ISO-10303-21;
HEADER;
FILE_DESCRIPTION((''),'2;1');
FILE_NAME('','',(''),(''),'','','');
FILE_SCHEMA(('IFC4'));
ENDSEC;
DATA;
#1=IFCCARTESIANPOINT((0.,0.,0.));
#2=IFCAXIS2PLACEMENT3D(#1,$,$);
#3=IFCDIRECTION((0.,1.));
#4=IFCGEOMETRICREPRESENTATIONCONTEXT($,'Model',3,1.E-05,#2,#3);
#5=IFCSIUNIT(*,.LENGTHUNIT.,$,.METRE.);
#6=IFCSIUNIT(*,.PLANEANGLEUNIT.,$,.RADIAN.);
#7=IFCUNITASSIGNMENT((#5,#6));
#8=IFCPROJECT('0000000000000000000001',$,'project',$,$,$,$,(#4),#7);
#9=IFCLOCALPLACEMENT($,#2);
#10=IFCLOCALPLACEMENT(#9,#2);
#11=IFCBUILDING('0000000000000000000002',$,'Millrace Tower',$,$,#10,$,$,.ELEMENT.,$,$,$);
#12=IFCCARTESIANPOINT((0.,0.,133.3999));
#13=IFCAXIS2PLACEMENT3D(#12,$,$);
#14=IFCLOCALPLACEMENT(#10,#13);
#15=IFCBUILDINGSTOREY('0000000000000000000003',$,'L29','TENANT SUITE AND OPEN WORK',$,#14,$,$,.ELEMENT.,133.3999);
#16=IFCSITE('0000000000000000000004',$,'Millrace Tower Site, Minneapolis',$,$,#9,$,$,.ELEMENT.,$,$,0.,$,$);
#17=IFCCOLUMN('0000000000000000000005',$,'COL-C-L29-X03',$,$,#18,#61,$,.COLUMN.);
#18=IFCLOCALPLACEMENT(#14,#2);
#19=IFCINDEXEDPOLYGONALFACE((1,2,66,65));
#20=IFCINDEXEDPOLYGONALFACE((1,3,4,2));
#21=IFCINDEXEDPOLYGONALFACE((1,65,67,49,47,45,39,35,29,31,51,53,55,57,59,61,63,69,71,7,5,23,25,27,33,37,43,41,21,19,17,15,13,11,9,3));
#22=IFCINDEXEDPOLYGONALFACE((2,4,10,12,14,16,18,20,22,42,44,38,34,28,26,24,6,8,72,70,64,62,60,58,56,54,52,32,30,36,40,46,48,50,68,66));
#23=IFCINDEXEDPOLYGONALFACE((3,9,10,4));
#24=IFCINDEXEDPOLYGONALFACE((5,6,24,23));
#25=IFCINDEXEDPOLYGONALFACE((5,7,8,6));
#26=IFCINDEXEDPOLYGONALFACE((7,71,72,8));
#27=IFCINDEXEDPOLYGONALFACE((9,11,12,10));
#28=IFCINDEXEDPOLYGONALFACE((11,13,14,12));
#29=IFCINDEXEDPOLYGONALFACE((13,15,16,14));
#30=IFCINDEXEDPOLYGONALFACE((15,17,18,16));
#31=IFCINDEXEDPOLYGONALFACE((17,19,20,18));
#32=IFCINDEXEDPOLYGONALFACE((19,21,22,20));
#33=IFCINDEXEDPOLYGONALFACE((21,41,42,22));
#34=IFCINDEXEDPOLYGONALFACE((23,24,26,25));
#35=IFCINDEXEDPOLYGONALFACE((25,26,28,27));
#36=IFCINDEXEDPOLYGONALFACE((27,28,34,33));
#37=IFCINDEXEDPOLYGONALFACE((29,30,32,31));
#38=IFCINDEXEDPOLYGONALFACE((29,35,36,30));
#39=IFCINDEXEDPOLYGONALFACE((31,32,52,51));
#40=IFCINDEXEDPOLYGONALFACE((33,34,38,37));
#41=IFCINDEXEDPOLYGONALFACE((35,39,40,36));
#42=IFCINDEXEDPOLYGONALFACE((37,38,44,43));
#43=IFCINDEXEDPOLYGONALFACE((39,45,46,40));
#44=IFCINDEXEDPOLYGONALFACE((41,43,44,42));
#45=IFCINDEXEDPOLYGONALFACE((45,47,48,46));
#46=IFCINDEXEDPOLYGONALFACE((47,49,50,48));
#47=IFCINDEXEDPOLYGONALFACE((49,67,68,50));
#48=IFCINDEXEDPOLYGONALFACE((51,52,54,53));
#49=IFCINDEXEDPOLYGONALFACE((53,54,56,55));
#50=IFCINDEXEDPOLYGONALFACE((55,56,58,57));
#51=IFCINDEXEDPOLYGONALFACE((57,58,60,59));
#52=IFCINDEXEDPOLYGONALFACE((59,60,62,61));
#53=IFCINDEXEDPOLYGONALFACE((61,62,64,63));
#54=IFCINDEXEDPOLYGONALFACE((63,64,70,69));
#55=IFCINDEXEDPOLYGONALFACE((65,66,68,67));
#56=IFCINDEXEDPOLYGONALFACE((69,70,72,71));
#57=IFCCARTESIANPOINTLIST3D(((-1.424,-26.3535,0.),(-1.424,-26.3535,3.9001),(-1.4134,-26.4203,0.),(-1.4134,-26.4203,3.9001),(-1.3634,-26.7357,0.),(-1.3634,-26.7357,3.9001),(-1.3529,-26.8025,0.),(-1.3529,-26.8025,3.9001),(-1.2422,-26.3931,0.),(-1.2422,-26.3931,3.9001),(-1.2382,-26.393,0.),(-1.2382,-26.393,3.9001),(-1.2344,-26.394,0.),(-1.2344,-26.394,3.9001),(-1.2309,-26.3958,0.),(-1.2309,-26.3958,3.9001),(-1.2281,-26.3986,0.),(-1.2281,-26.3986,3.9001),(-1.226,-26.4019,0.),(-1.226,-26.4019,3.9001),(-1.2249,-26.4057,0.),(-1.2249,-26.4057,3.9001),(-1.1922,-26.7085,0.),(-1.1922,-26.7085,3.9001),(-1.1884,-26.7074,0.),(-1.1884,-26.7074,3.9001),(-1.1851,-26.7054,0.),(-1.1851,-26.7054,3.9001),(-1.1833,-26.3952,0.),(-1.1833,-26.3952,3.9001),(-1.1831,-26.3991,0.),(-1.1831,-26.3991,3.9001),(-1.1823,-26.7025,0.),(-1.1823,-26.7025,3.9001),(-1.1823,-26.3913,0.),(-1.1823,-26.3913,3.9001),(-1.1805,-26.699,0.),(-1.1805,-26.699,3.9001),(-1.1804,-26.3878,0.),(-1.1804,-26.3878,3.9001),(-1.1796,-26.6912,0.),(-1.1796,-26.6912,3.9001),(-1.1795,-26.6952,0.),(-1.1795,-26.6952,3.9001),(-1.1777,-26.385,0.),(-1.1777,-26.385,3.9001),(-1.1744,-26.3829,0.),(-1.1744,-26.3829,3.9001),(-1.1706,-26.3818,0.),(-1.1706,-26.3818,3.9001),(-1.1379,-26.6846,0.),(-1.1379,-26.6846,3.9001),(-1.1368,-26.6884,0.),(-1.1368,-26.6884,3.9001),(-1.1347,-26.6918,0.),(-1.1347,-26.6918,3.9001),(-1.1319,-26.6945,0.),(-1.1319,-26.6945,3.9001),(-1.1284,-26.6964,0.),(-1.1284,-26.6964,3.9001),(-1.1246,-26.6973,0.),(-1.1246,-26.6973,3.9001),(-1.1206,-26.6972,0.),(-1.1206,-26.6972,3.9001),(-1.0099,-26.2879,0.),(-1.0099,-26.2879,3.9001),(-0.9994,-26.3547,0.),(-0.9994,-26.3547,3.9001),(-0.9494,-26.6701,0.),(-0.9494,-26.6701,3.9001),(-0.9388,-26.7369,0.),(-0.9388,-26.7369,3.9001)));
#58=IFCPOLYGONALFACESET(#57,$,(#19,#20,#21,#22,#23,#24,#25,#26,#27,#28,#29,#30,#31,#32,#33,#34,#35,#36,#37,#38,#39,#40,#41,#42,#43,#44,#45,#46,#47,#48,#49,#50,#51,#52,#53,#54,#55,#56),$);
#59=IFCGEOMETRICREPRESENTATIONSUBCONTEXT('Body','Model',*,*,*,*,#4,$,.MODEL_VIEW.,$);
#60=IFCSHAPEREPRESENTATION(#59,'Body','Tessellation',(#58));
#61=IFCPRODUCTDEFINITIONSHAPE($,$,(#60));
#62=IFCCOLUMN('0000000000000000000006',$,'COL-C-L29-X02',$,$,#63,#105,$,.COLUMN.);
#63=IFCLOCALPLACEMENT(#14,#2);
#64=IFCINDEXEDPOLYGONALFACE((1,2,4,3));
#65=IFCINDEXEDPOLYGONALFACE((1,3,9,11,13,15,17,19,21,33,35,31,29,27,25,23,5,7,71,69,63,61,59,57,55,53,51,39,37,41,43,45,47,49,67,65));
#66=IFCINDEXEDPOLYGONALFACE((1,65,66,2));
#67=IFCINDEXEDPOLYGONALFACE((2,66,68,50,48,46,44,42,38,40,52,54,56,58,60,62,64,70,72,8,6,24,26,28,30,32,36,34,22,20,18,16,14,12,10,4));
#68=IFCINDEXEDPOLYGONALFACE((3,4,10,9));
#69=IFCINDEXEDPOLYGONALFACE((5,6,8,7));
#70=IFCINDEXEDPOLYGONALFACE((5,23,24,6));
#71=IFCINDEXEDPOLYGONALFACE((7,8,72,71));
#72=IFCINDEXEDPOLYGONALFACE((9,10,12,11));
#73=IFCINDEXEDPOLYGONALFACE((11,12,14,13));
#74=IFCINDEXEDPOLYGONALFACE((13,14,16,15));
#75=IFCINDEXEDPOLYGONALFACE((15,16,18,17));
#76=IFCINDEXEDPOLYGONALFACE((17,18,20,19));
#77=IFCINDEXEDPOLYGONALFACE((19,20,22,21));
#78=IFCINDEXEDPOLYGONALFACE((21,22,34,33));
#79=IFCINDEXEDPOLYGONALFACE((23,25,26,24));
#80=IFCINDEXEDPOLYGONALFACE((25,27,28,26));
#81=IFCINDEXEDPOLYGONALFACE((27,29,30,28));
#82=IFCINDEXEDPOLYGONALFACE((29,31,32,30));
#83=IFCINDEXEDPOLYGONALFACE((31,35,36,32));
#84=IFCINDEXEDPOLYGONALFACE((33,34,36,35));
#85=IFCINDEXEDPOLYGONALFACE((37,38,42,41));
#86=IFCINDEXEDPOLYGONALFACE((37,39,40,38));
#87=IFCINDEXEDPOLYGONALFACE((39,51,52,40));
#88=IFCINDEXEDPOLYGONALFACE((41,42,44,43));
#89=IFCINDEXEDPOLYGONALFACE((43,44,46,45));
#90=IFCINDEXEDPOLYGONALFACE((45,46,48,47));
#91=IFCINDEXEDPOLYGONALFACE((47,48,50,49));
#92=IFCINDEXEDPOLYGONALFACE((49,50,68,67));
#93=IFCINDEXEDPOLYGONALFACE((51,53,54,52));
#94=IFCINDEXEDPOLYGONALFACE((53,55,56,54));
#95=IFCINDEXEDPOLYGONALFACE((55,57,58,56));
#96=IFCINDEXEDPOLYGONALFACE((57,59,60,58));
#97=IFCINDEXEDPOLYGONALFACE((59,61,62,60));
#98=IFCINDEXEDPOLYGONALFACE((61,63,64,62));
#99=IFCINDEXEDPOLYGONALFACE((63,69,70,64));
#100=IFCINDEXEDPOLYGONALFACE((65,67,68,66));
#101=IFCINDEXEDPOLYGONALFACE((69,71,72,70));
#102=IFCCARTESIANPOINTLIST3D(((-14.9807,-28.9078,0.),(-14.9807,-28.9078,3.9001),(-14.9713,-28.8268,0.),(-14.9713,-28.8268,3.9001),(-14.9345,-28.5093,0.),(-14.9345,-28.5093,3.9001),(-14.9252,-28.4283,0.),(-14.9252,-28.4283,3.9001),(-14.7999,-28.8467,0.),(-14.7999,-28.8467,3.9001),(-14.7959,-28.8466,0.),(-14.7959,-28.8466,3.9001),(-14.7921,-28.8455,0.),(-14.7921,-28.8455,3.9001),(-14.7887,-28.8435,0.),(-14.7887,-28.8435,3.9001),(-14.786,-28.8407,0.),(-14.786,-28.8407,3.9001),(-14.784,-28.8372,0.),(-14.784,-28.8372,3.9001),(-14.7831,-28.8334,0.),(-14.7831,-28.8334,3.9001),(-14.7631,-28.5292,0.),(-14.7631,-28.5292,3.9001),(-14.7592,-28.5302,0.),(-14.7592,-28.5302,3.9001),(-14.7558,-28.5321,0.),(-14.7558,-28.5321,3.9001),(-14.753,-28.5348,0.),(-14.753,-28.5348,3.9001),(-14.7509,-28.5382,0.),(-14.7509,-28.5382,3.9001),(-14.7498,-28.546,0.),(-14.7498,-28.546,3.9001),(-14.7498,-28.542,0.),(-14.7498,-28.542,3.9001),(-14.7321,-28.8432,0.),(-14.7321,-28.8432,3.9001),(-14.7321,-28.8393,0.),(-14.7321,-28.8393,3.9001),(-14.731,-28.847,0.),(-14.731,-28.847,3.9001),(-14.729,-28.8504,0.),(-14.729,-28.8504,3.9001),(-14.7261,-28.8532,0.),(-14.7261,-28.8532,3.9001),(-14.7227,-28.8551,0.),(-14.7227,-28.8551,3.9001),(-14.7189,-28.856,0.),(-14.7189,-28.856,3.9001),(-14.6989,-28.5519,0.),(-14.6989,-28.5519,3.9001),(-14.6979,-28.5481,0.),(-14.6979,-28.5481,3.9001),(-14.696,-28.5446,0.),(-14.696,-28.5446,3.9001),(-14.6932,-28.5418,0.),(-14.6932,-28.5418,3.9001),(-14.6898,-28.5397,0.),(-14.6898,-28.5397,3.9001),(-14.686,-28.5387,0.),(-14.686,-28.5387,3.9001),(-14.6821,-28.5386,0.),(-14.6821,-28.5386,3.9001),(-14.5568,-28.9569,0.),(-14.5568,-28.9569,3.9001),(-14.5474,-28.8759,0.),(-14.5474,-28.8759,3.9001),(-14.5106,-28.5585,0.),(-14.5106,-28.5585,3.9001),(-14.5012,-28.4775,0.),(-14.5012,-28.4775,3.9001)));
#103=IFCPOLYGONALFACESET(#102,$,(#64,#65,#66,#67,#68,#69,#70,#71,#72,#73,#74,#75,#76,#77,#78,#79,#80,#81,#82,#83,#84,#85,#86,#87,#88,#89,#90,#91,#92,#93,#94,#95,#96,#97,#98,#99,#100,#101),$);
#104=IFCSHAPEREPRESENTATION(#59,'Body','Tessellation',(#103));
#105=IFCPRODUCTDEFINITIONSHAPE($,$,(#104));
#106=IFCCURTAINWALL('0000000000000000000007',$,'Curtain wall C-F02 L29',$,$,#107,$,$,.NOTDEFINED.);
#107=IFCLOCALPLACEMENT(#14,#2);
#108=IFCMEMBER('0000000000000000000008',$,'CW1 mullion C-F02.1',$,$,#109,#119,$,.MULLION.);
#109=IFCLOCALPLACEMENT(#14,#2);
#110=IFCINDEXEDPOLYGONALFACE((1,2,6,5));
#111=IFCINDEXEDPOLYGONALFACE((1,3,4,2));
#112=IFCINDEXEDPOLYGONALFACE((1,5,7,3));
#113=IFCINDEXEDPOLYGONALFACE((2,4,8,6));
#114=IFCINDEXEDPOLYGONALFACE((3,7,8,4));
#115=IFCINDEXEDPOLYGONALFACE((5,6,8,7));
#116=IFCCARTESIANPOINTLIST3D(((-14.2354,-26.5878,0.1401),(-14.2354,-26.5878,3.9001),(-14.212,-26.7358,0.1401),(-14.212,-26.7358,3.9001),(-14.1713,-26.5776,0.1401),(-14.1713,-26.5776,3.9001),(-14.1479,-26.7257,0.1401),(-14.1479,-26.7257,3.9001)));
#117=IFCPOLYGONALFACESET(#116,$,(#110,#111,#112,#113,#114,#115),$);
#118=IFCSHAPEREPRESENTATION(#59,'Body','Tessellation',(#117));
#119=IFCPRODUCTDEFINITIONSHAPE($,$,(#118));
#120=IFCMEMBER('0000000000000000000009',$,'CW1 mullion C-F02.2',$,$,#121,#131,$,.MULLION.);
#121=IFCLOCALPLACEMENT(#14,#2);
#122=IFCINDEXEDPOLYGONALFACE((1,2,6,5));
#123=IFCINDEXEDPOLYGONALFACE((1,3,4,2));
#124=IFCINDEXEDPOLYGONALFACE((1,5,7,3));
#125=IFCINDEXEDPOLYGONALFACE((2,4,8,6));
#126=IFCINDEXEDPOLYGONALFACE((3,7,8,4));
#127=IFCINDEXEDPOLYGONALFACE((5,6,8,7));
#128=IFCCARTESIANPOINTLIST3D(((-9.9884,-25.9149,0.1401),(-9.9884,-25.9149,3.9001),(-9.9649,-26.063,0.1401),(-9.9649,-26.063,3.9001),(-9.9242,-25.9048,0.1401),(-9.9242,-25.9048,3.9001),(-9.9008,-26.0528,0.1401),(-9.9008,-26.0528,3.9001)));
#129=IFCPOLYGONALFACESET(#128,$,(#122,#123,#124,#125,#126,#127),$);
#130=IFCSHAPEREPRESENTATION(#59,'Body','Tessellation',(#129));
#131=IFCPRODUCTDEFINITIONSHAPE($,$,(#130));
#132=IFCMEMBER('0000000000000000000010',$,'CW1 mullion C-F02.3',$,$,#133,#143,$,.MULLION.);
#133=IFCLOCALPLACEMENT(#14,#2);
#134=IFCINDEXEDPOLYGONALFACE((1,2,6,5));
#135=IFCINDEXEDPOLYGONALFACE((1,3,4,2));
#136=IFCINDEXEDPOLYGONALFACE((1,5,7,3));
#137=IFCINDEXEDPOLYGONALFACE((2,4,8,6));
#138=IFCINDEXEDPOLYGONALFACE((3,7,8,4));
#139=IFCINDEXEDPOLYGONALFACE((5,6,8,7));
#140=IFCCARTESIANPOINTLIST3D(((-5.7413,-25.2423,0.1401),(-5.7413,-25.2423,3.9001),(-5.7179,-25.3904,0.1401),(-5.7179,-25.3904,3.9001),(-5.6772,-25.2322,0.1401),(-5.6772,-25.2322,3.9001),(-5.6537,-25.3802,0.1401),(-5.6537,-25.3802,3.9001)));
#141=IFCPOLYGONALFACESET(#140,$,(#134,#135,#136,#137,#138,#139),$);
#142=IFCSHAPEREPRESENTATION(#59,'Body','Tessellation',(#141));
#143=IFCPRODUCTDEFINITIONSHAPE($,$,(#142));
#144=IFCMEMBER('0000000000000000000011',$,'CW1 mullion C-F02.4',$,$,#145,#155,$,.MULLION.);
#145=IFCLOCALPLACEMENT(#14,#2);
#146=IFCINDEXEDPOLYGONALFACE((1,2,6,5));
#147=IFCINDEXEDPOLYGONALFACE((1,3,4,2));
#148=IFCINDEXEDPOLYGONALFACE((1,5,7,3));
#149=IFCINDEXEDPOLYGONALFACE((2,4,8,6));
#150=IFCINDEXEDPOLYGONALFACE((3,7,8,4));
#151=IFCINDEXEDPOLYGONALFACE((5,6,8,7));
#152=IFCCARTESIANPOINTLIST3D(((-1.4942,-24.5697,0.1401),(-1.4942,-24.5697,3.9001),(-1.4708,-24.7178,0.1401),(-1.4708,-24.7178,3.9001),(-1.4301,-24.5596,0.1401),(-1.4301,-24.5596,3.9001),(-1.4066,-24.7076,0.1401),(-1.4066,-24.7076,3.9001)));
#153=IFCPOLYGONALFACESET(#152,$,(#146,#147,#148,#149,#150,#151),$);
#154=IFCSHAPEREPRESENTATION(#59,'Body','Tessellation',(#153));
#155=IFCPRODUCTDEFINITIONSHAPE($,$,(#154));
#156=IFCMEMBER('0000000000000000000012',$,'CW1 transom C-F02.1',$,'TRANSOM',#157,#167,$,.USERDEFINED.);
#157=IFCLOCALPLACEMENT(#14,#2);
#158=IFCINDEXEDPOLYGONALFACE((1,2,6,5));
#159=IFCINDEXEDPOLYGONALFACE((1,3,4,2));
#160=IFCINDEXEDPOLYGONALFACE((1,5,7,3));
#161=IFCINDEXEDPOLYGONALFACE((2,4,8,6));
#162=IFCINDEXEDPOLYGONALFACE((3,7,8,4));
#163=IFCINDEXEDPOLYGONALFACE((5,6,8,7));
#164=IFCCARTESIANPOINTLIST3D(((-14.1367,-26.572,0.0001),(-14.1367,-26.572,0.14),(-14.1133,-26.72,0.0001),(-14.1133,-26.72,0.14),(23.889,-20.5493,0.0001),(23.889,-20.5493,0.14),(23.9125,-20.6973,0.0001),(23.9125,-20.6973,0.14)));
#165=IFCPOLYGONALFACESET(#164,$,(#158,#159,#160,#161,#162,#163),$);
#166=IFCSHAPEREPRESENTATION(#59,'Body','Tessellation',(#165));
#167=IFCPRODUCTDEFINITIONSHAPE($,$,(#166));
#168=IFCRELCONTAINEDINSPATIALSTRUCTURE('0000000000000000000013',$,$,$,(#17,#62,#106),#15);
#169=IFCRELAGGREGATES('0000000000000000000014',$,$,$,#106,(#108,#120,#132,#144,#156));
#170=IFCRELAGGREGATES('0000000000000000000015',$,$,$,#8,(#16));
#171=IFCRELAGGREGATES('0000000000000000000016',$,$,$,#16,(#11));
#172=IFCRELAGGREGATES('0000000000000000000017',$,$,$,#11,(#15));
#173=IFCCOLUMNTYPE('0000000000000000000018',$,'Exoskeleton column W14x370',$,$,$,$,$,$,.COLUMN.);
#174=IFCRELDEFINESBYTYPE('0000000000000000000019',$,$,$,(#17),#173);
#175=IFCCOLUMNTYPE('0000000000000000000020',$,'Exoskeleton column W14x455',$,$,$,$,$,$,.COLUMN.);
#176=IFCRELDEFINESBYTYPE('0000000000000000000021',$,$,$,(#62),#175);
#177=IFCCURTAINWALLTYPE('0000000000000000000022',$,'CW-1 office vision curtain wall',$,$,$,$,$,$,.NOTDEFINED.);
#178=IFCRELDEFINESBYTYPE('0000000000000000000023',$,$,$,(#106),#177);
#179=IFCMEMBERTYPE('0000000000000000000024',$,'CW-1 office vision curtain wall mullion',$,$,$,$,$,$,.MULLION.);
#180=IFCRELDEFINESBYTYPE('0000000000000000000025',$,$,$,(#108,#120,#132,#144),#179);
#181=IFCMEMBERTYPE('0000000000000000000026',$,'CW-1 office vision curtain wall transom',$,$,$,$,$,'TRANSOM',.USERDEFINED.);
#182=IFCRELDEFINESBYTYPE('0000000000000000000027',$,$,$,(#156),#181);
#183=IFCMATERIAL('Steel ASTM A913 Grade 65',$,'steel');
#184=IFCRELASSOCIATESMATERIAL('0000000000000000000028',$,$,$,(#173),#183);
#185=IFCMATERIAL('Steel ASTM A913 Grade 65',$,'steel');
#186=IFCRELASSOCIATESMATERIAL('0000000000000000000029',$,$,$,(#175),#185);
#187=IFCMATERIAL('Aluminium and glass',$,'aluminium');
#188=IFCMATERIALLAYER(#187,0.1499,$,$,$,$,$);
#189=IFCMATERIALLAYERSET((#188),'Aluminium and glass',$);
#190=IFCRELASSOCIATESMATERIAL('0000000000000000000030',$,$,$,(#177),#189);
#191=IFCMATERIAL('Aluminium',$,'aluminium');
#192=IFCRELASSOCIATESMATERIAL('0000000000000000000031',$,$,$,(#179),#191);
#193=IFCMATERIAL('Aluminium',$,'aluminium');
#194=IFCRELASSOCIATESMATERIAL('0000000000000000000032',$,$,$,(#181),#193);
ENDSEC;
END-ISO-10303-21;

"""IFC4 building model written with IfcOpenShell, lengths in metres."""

from ifc_helpers import new_model, si_unit, direction, frame, origin, origin_2d, place, context, subcontext, project, spatial, rectangle, i_section, extrude, material, layer, layer_set, material_profile, profile_set, type_object, element, aggregate, save


model = new_model("IFC4")

# Units and contexts
model_context = context("Model", 3, precision=1e-05, world=origin(), true_north=direction((0.0, 1.0)))
body_context = subcontext(model_context, "Body", "Model", "MODEL_VIEW")
ifc_project = project(units=[si_unit("LENGTHUNIT", "METRE"), si_unit("PLANEANGLEUNIT", "RADIAN")], contexts=[model_context])

# Site, building, storey
site_placement = place(None, origin())
site = spatial("IfcSite", under=ifc_project, at=site_placement, Name="Millrace Tower Site, Minneapolis", CompositionType="ELEMENT", RefElevation=0.0)
building_placement = place(site_placement, origin())
building = spatial("IfcBuilding", under=site, at=building_placement, Name="Millrace Tower", CompositionType="ELEMENT")
storey_placement = place(building_placement, frame((0.0, 0.0, 133.3999)))
storey = spatial("IfcBuildingStorey", under=building, at=storey_placement, Name="L29", Description="TENANT SUITE AND OPEN WORK", CompositionType="ELEMENT", Elevation=133.3999)

# Columns
ifc_material_1 = material(Name="Steel ASTM A913 Grade 65", Category="steel")
ifc_material_profile_1 = material_profile(ifc_material_1, i_section(OverallWidth=0.4192, OverallDepth=0.4546, WebThickness=0.0422, FlangeThickness=0.0676, FilletRadius=0.0151, at=origin_2d()))
ifc_profile_set_1 = profile_set([ifc_material_profile_1], Name="Steel ASTM A913 Grade 65")
column_type_1 = type_object("IfcColumnType", Name="Exoskeleton column W14x370", PredefinedType="COLUMN", material=ifc_profile_set_1)
column_1_placement = place(storey_placement, frame((-1.1814, -26.5452, 0.0), z_axis=(0.0, 0.0, 1.0), x_axis=(0.987688, 0.156434, 0.0)))
element("IfcColumn", 1, at=column_1_placement, inside=storey, type_object=column_type_1, Name="COL-C-L29-X03", PredefinedType="COLUMN", context=body_context, shape_type="SweptSolid", body=[
    extrude(i_section(OverallWidth=0.4192, OverallDepth=0.4546, WebThickness=0.0422, FlangeThickness=0.0676, FilletRadius=0.0151, at=origin_2d()), origin(), (0.0, 0.0, 1.0), 3.9001),
])
ifc_material_2 = material(Name="Steel ASTM A913 Grade 65", Category="steel")
ifc_material_profile_2 = material_profile(ifc_material_2, i_section(OverallWidth=0.4268, OverallDepth=0.4827, WebThickness=0.0513, FlangeThickness=0.0815, FilletRadius=0.0151, at=origin_2d()))
ifc_profile_set_2 = profile_set([ifc_material_profile_2], Name="Steel ASTM A913 Grade 65")
column_type_2 = type_object("IfcColumnType", Name="Exoskeleton column W14x455", PredefinedType="COLUMN", material=ifc_profile_set_2)
column_2_placement = place(storey_placement, frame((-14.741, -28.6926, 0.0), z_axis=(0.0, 0.0, 1.0), x_axis=(0.993358, -0.115069, 0.0)))
element("IfcColumn", 2, at=column_2_placement, inside=storey, type_object=column_type_2, Name="COL-C-L29-X02", PredefinedType="COLUMN", context=body_context, shape_type="SweptSolid", body=[
    extrude(i_section(OverallWidth=0.4268, OverallDepth=0.4827, WebThickness=0.0513, FlangeThickness=0.0815, FilletRadius=0.0151, at=origin_2d()), origin(), (0.0, 0.0, 1.0), 3.9001),
])

# Curtain wall, members
ifc_material_3 = material(Name="Aluminium and glass", Category="aluminium")
ifc_layer_1 = layer(ifc_material_3, 0.1499)
ifc_layer_set_1 = layer_set([ifc_layer_1], Name="Aluminium and glass")
curtain_wall_type = type_object("IfcCurtainWallType", Name="CW-1 office vision curtain wall", PredefinedType="NOTDEFINED", material=ifc_layer_set_1)
curtain_wall_placement = place(storey_placement, origin())
curtain_wall = element("IfcCurtainWall", 3, at=curtain_wall_placement, inside=storey, type_object=curtain_wall_type, Name="Curtain wall C-F02 L29", PredefinedType="NOTDEFINED")
ifc_material_4 = material(Name="Aluminium", Category="aluminium")
ifc_material_profile_3 = material_profile(ifc_material_4, rectangle(XDim=0.0649, YDim=0.1499, at=origin_2d()))
ifc_profile_set_3 = profile_set([ifc_material_profile_3], Name="Aluminium")
member_type_1 = type_object("IfcMemberType", Name="CW-1 office vision curtain wall mullion", PredefinedType="MULLION", material=ifc_profile_set_3)
member_1_placement = place(storey_placement, frame((-14.1917, -26.6567, 0.1401), z_axis=(0.0, 0.0, 1.0), x_axis=(0.987688, 0.156434, 0.0)))
member_1 = element("IfcMember", 4, at=member_1_placement, type_object=member_type_1, Name="CW1 mullion C-F02.1", PredefinedType="MULLION", context=body_context, shape_type="SweptSolid", body=[
    extrude(rectangle(XDim=0.0649, YDim=0.1499, at=origin_2d()), origin(), (0.0, 0.0, 1.0), 3.76),
])
member_2_placement = place(storey_placement, frame((-9.9446, -25.9839, 0.1401), z_axis=(0.0, 0.0, 1.0), x_axis=(0.987688, 0.156434, 0.0)))
member_2 = element("IfcMember", 5, at=member_2_placement, type_object=member_type_1, Name="CW1 mullion C-F02.2", PredefinedType="MULLION", context=body_context, shape_type="SweptSolid", body=[
    extrude(rectangle(XDim=0.0649, YDim=0.1499, at=origin_2d()), origin(), (0.0, 0.0, 1.0), 3.76),
])
member_3_placement = place(storey_placement, frame((-5.6975, -25.3113, 0.1401), z_axis=(0.0, 0.0, 1.0), x_axis=(0.987688, 0.156434, 0.0)))
member_3 = element("IfcMember", 6, at=member_3_placement, type_object=member_type_1, Name="CW1 mullion C-F02.3", PredefinedType="MULLION", context=body_context, shape_type="SweptSolid", body=[
    extrude(rectangle(XDim=0.0649, YDim=0.1499, at=origin_2d()), origin(), (0.0, 0.0, 1.0), 3.76),
])
member_4_placement = place(storey_placement, frame((-1.4504, -24.6387, 0.1401), z_axis=(0.0, 0.0, 1.0), x_axis=(0.987688, 0.156434, 0.0)))
member_4 = element("IfcMember", 7, at=member_4_placement, type_object=member_type_1, Name="CW1 mullion C-F02.4", PredefinedType="MULLION", context=body_context, shape_type="SweptSolid", body=[
    extrude(rectangle(XDim=0.0649, YDim=0.1499, at=origin_2d()), origin(), (0.0, 0.0, 1.0), 3.76),
])
ifc_material_5 = material(Name="Aluminium", Category="aluminium")
ifc_material_profile_4 = material_profile(ifc_material_5, rectangle(XDim=0.1499, YDim=0.1399, at=origin_2d()))
ifc_profile_set_4 = profile_set([ifc_material_profile_4], Name="Aluminium")
member_type_2 = type_object("IfcMemberType", Name="CW-1 office vision curtain wall transom", ElementType="TRANSOM", PredefinedType="USERDEFINED", material=ifc_profile_set_4)
member_5_placement = place(storey_placement, frame((-14.125, -26.646, 0.0701), z_axis=(0.987688, 0.156434, 0.0), x_axis=(-0.156434, 0.987688, 0.0)))
member_5 = element("IfcMember", 8, at=member_5_placement, type_object=member_type_2, Name="CW1 transom C-F02.1", ObjectType="TRANSOM", PredefinedType="USERDEFINED", context=body_context, shape_type="SweptSolid", body=[
    extrude(rectangle(XDim=0.1499, YDim=0.1399, at=origin_2d()), origin(), (0.0, 0.0, 1.0), 38.4998),
])
aggregate(curtain_wall, [member_1, member_2, member_3, member_4, member_5])

save(model, "model.ifc")
